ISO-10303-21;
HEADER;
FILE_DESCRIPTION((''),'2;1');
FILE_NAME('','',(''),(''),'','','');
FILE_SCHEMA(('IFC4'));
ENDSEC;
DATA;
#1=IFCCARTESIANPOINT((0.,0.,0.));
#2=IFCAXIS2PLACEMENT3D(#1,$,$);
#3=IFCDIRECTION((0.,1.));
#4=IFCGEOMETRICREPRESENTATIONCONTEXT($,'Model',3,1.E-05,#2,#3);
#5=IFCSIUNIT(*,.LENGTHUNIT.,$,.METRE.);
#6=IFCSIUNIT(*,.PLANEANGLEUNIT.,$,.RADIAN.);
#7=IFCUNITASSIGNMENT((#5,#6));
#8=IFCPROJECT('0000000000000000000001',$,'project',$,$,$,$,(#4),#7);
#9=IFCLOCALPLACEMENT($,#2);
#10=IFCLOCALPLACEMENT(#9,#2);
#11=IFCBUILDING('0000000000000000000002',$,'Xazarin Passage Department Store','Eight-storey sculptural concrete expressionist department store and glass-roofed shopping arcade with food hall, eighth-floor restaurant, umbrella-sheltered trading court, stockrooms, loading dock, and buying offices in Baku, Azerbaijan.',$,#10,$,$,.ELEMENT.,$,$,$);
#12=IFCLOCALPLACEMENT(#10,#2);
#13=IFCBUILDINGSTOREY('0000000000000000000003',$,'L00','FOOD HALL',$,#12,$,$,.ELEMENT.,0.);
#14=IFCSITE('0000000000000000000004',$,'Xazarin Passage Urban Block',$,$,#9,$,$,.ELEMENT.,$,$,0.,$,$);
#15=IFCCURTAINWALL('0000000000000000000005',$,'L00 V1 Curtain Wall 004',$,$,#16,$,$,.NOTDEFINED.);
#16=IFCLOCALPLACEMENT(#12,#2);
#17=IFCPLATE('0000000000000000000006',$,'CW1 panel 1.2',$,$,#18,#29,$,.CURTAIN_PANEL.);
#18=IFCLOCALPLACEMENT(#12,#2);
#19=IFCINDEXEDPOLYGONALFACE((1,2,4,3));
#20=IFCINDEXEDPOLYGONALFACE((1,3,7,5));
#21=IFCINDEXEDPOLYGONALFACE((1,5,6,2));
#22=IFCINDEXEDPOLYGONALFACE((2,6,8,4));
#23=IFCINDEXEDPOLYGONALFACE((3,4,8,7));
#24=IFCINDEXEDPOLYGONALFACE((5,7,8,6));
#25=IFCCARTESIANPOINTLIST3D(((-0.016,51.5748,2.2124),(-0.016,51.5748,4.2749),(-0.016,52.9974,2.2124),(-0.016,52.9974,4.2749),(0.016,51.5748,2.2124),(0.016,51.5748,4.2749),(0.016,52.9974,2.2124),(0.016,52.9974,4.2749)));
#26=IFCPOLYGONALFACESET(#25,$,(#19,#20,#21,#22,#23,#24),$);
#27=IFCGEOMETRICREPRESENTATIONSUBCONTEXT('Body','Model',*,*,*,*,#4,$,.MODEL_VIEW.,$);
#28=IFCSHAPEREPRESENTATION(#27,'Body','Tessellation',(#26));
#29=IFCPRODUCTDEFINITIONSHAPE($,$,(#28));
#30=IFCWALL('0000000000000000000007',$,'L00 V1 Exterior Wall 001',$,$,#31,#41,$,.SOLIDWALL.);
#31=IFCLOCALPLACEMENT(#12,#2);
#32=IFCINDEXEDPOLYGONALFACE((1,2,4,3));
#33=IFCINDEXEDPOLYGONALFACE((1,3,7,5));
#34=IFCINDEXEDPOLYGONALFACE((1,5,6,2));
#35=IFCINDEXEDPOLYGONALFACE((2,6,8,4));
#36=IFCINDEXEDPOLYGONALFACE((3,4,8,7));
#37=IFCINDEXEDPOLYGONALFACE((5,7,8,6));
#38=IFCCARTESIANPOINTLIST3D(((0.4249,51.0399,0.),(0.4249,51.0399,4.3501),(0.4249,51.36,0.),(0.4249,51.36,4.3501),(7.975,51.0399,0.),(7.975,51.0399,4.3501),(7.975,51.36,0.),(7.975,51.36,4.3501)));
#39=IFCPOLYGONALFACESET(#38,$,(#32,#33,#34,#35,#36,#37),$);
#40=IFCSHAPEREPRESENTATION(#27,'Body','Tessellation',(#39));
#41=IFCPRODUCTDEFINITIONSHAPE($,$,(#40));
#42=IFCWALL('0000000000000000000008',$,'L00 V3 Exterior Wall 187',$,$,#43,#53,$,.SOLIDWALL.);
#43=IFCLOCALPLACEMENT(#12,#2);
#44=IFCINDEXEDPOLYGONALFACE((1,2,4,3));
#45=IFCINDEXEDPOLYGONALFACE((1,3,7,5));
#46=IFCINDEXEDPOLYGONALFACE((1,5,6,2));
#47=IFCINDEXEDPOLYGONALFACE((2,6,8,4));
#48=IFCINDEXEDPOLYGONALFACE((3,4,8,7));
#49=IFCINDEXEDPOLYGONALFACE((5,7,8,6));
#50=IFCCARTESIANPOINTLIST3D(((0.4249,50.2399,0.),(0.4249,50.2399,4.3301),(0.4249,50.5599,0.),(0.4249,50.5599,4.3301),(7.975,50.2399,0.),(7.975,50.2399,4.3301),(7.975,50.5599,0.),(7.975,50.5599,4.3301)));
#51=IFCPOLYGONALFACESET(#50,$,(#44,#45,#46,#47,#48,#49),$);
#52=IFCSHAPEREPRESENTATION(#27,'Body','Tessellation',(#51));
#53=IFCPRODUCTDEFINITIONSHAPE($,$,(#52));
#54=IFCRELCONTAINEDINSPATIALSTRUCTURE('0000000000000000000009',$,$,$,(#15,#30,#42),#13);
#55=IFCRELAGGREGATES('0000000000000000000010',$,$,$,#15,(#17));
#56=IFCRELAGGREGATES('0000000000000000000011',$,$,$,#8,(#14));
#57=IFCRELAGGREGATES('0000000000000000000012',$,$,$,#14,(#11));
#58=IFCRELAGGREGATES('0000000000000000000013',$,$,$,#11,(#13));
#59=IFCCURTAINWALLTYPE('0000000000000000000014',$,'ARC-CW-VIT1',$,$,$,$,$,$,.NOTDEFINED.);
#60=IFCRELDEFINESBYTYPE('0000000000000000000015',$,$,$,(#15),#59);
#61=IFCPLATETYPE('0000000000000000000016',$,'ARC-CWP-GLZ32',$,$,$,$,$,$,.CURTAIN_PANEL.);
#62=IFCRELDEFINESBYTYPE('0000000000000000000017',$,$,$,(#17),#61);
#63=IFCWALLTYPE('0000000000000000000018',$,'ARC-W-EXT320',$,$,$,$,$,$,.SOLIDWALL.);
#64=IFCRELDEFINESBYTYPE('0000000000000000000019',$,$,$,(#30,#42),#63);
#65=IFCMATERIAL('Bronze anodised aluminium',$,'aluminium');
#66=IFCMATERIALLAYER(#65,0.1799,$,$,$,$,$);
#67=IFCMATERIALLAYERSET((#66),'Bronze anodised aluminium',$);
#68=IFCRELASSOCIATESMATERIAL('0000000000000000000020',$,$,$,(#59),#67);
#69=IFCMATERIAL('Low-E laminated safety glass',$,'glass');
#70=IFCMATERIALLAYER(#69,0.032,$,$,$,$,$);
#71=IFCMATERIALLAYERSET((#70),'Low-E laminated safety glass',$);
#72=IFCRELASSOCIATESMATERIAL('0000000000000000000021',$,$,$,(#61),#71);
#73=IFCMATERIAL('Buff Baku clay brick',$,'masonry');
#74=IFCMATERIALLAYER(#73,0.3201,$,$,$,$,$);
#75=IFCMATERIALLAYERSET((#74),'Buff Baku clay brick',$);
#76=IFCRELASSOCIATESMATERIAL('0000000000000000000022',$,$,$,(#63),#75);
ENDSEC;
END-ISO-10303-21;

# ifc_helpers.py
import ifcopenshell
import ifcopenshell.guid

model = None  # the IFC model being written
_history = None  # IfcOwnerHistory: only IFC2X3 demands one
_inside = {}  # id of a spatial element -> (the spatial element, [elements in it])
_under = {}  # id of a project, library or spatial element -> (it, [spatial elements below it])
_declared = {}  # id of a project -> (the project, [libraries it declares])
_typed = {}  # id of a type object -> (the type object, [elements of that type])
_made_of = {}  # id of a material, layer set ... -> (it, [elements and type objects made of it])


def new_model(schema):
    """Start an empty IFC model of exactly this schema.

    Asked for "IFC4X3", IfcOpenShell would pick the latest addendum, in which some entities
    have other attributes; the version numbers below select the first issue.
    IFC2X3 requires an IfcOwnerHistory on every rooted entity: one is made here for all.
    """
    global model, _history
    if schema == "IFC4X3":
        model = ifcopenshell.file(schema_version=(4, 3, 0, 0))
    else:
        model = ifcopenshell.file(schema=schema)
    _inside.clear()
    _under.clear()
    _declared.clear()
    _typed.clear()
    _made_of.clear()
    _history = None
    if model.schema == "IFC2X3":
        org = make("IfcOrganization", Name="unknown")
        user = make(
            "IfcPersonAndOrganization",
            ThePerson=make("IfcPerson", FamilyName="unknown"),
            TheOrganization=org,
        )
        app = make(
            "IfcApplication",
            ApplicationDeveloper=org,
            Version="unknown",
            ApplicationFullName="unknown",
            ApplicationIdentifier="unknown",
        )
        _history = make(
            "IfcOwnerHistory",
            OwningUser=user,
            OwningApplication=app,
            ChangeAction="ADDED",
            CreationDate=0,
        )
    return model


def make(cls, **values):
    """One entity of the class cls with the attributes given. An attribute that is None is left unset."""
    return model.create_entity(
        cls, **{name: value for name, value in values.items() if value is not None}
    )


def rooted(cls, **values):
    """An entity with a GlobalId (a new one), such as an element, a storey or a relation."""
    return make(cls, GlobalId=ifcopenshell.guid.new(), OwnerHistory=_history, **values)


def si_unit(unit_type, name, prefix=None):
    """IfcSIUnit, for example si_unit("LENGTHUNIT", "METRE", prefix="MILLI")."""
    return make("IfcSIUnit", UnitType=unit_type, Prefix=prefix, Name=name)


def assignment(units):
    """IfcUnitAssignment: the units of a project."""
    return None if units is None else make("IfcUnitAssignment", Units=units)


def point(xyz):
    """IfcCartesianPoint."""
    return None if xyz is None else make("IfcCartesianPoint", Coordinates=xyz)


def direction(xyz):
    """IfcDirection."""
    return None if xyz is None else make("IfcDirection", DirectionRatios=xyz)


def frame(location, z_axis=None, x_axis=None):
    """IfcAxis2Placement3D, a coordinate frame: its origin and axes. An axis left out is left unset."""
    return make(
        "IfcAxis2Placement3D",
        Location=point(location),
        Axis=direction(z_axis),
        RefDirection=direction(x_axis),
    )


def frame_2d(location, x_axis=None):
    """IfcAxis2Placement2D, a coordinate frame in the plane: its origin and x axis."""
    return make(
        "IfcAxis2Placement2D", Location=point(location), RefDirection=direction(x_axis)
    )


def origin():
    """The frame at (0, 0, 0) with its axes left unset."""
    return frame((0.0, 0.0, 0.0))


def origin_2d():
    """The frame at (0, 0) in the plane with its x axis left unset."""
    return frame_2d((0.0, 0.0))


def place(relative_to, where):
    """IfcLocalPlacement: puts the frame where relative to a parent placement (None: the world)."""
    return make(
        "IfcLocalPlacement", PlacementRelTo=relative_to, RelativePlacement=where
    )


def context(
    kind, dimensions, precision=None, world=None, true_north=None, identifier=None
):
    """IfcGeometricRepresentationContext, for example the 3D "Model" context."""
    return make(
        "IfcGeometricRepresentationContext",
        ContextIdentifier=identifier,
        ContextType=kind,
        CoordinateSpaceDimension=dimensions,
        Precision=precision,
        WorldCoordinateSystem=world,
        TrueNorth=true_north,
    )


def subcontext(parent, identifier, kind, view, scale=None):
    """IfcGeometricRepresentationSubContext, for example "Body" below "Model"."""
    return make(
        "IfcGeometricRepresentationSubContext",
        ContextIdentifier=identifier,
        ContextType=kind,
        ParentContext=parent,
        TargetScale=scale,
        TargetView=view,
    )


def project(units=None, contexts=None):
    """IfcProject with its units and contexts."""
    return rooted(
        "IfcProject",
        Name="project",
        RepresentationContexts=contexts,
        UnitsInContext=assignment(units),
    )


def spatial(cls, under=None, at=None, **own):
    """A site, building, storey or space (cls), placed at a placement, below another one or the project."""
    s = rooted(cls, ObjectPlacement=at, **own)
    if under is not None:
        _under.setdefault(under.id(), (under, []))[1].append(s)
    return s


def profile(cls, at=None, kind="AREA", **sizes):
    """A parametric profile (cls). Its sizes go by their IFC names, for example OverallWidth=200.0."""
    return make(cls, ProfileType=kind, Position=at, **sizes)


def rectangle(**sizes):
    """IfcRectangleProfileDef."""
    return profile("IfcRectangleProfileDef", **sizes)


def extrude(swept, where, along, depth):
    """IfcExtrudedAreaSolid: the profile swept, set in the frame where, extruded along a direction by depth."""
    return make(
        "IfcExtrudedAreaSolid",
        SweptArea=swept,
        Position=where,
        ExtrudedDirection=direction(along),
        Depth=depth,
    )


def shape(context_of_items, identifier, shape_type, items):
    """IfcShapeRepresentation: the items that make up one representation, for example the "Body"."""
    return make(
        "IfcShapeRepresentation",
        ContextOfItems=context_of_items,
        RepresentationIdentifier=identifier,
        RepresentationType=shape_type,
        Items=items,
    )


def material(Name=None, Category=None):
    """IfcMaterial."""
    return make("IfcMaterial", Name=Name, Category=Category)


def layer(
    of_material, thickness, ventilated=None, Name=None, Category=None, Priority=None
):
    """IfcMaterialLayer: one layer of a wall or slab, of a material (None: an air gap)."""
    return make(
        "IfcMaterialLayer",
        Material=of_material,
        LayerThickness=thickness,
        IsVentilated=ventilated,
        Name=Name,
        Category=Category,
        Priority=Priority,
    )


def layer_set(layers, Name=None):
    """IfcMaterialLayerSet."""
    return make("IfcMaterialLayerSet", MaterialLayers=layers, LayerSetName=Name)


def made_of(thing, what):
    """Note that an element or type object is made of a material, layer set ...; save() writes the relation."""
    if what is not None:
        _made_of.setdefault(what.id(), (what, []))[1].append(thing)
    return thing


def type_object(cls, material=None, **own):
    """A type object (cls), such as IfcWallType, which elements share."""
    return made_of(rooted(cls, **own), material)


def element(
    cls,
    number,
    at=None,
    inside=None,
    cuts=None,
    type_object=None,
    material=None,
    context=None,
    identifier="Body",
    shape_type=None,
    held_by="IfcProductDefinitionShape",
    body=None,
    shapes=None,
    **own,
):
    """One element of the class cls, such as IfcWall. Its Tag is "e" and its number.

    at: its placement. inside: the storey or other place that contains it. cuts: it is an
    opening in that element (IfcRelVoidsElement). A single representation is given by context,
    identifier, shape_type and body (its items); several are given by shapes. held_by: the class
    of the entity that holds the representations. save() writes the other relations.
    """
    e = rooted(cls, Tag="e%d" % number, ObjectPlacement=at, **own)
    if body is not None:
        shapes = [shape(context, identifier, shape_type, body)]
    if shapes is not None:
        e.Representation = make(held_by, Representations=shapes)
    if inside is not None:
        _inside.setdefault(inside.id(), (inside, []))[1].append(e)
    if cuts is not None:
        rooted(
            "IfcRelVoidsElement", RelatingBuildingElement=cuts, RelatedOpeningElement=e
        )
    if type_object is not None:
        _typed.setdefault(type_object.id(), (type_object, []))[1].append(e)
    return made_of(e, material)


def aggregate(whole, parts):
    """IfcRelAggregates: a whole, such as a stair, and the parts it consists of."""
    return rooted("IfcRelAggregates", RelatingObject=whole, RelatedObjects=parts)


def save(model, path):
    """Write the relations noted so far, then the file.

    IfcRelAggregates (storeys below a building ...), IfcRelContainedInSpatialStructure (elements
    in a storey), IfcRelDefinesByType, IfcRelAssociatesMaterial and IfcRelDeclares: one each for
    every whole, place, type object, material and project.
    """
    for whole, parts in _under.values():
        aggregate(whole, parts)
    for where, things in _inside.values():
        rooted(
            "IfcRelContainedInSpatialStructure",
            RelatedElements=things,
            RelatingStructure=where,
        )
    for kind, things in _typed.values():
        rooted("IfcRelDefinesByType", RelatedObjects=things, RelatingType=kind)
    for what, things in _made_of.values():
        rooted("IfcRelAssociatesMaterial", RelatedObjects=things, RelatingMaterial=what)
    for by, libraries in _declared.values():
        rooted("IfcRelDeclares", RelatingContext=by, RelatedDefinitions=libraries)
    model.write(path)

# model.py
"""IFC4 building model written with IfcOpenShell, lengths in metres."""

from ifc_helpers import new_model, si_unit, direction, frame, frame_2d, origin, origin_2d, place, context, subcontext, project, spatial, rectangle, extrude, material, layer, layer_set, type_object, element, aggregate, save


model = new_model("IFC4")

# Units and contexts
model_context = context("Model", 3, precision=1e-05, world=origin(), true_north=direction((0.0, 1.0)))
body_context = subcontext(model_context, "Body", "Model", "MODEL_VIEW")
ifc_project = project(units=[si_unit("LENGTHUNIT", "METRE"), si_unit("PLANEANGLEUNIT", "RADIAN")], contexts=[model_context])

# Site, building, storey
site_placement = place(None, origin())
site = spatial("IfcSite", under=ifc_project, at=site_placement, Name="Xazarin Passage Urban Block", CompositionType="ELEMENT", RefElevation=0.0)
building_placement = place(site_placement, origin())
building = spatial("IfcBuilding", under=site, at=building_placement, Name="Xazarin Passage Department Store", Description="Eight-storey sculptural concrete expressionist department store and glass-roofed shopping arcade with food hall, eighth-floor restaurant, umbrella-sheltered trading court, stockrooms, loading dock, and buying offices in Baku, Azerbaijan.", CompositionType="ELEMENT")
storey_placement = place(building_placement, origin())
storey = spatial("IfcBuildingStorey", under=building, at=storey_placement, Name="L00", Description="FOOD HALL", CompositionType="ELEMENT", Elevation=0.0)

# Shared definitions
ifc_material_1 = material(Name="Bronze anodised aluminium", Category="aluminium")

# Curtain wall
ifc_layer_1 = layer(ifc_material_1, 0.1799)
ifc_layer_set_1 = layer_set([ifc_layer_1], Name="Bronze anodised aluminium")
curtain_wall_type_1 = type_object("IfcCurtainWallType", Name="ARC-CW-VIT1", PredefinedType="NOTDEFINED", material=ifc_layer_set_1)
curtain_wall_1_placement = place(storey_placement, origin())
curtain_wall_1 = element("IfcCurtainWall", 1, at=curtain_wall_1_placement, inside=storey, type_object=curtain_wall_type_1, Name="L00 V1 Curtain Wall 004", PredefinedType="NOTDEFINED")

# Plate
ifc_material_2 = material(Name="Low-E laminated safety glass", Category="glass")
ifc_layer_2 = layer(ifc_material_2, 0.032)
ifc_layer_set_2 = layer_set([ifc_layer_2], Name="Low-E laminated safety glass")
plate_type_1 = type_object("IfcPlateType", Name="ARC-CWP-GLZ32", PredefinedType="CURTAIN_PANEL", material=ifc_layer_set_2)
plate_1_placement = place(storey_placement, frame((0.0, 52.2861, 2.2124), z_axis=(0.0, 0.0, 1.0), x_axis=(0.0, 1.0, 0.0)))
plate_1 = element("IfcPlate", 2, at=plate_1_placement, type_object=plate_type_1, Name="CW1 panel 1.2", PredefinedType="CURTAIN_PANEL", context=body_context, shape_type="SweptSolid", body=[
    extrude(rectangle(XDim=1.4226, YDim=0.032, at=origin_2d()), origin(), (0.0, 0.0, 1.0), 2.0625),
])
aggregate(curtain_wall_1, [plate_1])

# Walls
ifc_material_3 = material(Name="Buff Baku clay brick", Category="masonry")
ifc_layer_3 = layer(ifc_material_3, 0.3201)
ifc_layer_set_3 = layer_set([ifc_layer_3], Name="Buff Baku clay brick")
wall_type = type_object("IfcWallType", Name="ARC-W-EXT320", PredefinedType="SOLIDWALL", material=ifc_layer_set_3)
wall_1_placement = place(storey_placement, frame((0.425, 51.2, 0.0), z_axis=(0.0, 0.0, 1.0), x_axis=(1.0, 0.0, 0.0)))
element("IfcWall", 3, at=wall_1_placement, inside=storey, type_object=wall_type, Name="L00 V1 Exterior Wall 001", PredefinedType="SOLIDWALL", context=body_context, shape_type="SweptSolid", body=[
    extrude(rectangle(XDim=7.55, YDim=0.3201, at=frame_2d((3.7749, 0.0))), origin(), (0.0, 0.0, 1.0), 4.3501),
])
wall_2_placement = place(storey_placement, frame((0.425, 50.3999, 0.0), z_axis=(0.0, 0.0, 1.0), x_axis=(1.0, 0.0, 0.0)))
element("IfcWall", 4, at=wall_2_placement, inside=storey, type_object=wall_type, Name="L00 V3 Exterior Wall 187", PredefinedType="SOLIDWALL", context=body_context, shape_type="SweptSolid", body=[
    extrude(rectangle(XDim=7.55, YDim=0.3201, at=frame_2d((3.7749, 0.0))), origin(), (0.0, 0.0, 1.0), 4.3301),
])

save(model, "model.ifc")
